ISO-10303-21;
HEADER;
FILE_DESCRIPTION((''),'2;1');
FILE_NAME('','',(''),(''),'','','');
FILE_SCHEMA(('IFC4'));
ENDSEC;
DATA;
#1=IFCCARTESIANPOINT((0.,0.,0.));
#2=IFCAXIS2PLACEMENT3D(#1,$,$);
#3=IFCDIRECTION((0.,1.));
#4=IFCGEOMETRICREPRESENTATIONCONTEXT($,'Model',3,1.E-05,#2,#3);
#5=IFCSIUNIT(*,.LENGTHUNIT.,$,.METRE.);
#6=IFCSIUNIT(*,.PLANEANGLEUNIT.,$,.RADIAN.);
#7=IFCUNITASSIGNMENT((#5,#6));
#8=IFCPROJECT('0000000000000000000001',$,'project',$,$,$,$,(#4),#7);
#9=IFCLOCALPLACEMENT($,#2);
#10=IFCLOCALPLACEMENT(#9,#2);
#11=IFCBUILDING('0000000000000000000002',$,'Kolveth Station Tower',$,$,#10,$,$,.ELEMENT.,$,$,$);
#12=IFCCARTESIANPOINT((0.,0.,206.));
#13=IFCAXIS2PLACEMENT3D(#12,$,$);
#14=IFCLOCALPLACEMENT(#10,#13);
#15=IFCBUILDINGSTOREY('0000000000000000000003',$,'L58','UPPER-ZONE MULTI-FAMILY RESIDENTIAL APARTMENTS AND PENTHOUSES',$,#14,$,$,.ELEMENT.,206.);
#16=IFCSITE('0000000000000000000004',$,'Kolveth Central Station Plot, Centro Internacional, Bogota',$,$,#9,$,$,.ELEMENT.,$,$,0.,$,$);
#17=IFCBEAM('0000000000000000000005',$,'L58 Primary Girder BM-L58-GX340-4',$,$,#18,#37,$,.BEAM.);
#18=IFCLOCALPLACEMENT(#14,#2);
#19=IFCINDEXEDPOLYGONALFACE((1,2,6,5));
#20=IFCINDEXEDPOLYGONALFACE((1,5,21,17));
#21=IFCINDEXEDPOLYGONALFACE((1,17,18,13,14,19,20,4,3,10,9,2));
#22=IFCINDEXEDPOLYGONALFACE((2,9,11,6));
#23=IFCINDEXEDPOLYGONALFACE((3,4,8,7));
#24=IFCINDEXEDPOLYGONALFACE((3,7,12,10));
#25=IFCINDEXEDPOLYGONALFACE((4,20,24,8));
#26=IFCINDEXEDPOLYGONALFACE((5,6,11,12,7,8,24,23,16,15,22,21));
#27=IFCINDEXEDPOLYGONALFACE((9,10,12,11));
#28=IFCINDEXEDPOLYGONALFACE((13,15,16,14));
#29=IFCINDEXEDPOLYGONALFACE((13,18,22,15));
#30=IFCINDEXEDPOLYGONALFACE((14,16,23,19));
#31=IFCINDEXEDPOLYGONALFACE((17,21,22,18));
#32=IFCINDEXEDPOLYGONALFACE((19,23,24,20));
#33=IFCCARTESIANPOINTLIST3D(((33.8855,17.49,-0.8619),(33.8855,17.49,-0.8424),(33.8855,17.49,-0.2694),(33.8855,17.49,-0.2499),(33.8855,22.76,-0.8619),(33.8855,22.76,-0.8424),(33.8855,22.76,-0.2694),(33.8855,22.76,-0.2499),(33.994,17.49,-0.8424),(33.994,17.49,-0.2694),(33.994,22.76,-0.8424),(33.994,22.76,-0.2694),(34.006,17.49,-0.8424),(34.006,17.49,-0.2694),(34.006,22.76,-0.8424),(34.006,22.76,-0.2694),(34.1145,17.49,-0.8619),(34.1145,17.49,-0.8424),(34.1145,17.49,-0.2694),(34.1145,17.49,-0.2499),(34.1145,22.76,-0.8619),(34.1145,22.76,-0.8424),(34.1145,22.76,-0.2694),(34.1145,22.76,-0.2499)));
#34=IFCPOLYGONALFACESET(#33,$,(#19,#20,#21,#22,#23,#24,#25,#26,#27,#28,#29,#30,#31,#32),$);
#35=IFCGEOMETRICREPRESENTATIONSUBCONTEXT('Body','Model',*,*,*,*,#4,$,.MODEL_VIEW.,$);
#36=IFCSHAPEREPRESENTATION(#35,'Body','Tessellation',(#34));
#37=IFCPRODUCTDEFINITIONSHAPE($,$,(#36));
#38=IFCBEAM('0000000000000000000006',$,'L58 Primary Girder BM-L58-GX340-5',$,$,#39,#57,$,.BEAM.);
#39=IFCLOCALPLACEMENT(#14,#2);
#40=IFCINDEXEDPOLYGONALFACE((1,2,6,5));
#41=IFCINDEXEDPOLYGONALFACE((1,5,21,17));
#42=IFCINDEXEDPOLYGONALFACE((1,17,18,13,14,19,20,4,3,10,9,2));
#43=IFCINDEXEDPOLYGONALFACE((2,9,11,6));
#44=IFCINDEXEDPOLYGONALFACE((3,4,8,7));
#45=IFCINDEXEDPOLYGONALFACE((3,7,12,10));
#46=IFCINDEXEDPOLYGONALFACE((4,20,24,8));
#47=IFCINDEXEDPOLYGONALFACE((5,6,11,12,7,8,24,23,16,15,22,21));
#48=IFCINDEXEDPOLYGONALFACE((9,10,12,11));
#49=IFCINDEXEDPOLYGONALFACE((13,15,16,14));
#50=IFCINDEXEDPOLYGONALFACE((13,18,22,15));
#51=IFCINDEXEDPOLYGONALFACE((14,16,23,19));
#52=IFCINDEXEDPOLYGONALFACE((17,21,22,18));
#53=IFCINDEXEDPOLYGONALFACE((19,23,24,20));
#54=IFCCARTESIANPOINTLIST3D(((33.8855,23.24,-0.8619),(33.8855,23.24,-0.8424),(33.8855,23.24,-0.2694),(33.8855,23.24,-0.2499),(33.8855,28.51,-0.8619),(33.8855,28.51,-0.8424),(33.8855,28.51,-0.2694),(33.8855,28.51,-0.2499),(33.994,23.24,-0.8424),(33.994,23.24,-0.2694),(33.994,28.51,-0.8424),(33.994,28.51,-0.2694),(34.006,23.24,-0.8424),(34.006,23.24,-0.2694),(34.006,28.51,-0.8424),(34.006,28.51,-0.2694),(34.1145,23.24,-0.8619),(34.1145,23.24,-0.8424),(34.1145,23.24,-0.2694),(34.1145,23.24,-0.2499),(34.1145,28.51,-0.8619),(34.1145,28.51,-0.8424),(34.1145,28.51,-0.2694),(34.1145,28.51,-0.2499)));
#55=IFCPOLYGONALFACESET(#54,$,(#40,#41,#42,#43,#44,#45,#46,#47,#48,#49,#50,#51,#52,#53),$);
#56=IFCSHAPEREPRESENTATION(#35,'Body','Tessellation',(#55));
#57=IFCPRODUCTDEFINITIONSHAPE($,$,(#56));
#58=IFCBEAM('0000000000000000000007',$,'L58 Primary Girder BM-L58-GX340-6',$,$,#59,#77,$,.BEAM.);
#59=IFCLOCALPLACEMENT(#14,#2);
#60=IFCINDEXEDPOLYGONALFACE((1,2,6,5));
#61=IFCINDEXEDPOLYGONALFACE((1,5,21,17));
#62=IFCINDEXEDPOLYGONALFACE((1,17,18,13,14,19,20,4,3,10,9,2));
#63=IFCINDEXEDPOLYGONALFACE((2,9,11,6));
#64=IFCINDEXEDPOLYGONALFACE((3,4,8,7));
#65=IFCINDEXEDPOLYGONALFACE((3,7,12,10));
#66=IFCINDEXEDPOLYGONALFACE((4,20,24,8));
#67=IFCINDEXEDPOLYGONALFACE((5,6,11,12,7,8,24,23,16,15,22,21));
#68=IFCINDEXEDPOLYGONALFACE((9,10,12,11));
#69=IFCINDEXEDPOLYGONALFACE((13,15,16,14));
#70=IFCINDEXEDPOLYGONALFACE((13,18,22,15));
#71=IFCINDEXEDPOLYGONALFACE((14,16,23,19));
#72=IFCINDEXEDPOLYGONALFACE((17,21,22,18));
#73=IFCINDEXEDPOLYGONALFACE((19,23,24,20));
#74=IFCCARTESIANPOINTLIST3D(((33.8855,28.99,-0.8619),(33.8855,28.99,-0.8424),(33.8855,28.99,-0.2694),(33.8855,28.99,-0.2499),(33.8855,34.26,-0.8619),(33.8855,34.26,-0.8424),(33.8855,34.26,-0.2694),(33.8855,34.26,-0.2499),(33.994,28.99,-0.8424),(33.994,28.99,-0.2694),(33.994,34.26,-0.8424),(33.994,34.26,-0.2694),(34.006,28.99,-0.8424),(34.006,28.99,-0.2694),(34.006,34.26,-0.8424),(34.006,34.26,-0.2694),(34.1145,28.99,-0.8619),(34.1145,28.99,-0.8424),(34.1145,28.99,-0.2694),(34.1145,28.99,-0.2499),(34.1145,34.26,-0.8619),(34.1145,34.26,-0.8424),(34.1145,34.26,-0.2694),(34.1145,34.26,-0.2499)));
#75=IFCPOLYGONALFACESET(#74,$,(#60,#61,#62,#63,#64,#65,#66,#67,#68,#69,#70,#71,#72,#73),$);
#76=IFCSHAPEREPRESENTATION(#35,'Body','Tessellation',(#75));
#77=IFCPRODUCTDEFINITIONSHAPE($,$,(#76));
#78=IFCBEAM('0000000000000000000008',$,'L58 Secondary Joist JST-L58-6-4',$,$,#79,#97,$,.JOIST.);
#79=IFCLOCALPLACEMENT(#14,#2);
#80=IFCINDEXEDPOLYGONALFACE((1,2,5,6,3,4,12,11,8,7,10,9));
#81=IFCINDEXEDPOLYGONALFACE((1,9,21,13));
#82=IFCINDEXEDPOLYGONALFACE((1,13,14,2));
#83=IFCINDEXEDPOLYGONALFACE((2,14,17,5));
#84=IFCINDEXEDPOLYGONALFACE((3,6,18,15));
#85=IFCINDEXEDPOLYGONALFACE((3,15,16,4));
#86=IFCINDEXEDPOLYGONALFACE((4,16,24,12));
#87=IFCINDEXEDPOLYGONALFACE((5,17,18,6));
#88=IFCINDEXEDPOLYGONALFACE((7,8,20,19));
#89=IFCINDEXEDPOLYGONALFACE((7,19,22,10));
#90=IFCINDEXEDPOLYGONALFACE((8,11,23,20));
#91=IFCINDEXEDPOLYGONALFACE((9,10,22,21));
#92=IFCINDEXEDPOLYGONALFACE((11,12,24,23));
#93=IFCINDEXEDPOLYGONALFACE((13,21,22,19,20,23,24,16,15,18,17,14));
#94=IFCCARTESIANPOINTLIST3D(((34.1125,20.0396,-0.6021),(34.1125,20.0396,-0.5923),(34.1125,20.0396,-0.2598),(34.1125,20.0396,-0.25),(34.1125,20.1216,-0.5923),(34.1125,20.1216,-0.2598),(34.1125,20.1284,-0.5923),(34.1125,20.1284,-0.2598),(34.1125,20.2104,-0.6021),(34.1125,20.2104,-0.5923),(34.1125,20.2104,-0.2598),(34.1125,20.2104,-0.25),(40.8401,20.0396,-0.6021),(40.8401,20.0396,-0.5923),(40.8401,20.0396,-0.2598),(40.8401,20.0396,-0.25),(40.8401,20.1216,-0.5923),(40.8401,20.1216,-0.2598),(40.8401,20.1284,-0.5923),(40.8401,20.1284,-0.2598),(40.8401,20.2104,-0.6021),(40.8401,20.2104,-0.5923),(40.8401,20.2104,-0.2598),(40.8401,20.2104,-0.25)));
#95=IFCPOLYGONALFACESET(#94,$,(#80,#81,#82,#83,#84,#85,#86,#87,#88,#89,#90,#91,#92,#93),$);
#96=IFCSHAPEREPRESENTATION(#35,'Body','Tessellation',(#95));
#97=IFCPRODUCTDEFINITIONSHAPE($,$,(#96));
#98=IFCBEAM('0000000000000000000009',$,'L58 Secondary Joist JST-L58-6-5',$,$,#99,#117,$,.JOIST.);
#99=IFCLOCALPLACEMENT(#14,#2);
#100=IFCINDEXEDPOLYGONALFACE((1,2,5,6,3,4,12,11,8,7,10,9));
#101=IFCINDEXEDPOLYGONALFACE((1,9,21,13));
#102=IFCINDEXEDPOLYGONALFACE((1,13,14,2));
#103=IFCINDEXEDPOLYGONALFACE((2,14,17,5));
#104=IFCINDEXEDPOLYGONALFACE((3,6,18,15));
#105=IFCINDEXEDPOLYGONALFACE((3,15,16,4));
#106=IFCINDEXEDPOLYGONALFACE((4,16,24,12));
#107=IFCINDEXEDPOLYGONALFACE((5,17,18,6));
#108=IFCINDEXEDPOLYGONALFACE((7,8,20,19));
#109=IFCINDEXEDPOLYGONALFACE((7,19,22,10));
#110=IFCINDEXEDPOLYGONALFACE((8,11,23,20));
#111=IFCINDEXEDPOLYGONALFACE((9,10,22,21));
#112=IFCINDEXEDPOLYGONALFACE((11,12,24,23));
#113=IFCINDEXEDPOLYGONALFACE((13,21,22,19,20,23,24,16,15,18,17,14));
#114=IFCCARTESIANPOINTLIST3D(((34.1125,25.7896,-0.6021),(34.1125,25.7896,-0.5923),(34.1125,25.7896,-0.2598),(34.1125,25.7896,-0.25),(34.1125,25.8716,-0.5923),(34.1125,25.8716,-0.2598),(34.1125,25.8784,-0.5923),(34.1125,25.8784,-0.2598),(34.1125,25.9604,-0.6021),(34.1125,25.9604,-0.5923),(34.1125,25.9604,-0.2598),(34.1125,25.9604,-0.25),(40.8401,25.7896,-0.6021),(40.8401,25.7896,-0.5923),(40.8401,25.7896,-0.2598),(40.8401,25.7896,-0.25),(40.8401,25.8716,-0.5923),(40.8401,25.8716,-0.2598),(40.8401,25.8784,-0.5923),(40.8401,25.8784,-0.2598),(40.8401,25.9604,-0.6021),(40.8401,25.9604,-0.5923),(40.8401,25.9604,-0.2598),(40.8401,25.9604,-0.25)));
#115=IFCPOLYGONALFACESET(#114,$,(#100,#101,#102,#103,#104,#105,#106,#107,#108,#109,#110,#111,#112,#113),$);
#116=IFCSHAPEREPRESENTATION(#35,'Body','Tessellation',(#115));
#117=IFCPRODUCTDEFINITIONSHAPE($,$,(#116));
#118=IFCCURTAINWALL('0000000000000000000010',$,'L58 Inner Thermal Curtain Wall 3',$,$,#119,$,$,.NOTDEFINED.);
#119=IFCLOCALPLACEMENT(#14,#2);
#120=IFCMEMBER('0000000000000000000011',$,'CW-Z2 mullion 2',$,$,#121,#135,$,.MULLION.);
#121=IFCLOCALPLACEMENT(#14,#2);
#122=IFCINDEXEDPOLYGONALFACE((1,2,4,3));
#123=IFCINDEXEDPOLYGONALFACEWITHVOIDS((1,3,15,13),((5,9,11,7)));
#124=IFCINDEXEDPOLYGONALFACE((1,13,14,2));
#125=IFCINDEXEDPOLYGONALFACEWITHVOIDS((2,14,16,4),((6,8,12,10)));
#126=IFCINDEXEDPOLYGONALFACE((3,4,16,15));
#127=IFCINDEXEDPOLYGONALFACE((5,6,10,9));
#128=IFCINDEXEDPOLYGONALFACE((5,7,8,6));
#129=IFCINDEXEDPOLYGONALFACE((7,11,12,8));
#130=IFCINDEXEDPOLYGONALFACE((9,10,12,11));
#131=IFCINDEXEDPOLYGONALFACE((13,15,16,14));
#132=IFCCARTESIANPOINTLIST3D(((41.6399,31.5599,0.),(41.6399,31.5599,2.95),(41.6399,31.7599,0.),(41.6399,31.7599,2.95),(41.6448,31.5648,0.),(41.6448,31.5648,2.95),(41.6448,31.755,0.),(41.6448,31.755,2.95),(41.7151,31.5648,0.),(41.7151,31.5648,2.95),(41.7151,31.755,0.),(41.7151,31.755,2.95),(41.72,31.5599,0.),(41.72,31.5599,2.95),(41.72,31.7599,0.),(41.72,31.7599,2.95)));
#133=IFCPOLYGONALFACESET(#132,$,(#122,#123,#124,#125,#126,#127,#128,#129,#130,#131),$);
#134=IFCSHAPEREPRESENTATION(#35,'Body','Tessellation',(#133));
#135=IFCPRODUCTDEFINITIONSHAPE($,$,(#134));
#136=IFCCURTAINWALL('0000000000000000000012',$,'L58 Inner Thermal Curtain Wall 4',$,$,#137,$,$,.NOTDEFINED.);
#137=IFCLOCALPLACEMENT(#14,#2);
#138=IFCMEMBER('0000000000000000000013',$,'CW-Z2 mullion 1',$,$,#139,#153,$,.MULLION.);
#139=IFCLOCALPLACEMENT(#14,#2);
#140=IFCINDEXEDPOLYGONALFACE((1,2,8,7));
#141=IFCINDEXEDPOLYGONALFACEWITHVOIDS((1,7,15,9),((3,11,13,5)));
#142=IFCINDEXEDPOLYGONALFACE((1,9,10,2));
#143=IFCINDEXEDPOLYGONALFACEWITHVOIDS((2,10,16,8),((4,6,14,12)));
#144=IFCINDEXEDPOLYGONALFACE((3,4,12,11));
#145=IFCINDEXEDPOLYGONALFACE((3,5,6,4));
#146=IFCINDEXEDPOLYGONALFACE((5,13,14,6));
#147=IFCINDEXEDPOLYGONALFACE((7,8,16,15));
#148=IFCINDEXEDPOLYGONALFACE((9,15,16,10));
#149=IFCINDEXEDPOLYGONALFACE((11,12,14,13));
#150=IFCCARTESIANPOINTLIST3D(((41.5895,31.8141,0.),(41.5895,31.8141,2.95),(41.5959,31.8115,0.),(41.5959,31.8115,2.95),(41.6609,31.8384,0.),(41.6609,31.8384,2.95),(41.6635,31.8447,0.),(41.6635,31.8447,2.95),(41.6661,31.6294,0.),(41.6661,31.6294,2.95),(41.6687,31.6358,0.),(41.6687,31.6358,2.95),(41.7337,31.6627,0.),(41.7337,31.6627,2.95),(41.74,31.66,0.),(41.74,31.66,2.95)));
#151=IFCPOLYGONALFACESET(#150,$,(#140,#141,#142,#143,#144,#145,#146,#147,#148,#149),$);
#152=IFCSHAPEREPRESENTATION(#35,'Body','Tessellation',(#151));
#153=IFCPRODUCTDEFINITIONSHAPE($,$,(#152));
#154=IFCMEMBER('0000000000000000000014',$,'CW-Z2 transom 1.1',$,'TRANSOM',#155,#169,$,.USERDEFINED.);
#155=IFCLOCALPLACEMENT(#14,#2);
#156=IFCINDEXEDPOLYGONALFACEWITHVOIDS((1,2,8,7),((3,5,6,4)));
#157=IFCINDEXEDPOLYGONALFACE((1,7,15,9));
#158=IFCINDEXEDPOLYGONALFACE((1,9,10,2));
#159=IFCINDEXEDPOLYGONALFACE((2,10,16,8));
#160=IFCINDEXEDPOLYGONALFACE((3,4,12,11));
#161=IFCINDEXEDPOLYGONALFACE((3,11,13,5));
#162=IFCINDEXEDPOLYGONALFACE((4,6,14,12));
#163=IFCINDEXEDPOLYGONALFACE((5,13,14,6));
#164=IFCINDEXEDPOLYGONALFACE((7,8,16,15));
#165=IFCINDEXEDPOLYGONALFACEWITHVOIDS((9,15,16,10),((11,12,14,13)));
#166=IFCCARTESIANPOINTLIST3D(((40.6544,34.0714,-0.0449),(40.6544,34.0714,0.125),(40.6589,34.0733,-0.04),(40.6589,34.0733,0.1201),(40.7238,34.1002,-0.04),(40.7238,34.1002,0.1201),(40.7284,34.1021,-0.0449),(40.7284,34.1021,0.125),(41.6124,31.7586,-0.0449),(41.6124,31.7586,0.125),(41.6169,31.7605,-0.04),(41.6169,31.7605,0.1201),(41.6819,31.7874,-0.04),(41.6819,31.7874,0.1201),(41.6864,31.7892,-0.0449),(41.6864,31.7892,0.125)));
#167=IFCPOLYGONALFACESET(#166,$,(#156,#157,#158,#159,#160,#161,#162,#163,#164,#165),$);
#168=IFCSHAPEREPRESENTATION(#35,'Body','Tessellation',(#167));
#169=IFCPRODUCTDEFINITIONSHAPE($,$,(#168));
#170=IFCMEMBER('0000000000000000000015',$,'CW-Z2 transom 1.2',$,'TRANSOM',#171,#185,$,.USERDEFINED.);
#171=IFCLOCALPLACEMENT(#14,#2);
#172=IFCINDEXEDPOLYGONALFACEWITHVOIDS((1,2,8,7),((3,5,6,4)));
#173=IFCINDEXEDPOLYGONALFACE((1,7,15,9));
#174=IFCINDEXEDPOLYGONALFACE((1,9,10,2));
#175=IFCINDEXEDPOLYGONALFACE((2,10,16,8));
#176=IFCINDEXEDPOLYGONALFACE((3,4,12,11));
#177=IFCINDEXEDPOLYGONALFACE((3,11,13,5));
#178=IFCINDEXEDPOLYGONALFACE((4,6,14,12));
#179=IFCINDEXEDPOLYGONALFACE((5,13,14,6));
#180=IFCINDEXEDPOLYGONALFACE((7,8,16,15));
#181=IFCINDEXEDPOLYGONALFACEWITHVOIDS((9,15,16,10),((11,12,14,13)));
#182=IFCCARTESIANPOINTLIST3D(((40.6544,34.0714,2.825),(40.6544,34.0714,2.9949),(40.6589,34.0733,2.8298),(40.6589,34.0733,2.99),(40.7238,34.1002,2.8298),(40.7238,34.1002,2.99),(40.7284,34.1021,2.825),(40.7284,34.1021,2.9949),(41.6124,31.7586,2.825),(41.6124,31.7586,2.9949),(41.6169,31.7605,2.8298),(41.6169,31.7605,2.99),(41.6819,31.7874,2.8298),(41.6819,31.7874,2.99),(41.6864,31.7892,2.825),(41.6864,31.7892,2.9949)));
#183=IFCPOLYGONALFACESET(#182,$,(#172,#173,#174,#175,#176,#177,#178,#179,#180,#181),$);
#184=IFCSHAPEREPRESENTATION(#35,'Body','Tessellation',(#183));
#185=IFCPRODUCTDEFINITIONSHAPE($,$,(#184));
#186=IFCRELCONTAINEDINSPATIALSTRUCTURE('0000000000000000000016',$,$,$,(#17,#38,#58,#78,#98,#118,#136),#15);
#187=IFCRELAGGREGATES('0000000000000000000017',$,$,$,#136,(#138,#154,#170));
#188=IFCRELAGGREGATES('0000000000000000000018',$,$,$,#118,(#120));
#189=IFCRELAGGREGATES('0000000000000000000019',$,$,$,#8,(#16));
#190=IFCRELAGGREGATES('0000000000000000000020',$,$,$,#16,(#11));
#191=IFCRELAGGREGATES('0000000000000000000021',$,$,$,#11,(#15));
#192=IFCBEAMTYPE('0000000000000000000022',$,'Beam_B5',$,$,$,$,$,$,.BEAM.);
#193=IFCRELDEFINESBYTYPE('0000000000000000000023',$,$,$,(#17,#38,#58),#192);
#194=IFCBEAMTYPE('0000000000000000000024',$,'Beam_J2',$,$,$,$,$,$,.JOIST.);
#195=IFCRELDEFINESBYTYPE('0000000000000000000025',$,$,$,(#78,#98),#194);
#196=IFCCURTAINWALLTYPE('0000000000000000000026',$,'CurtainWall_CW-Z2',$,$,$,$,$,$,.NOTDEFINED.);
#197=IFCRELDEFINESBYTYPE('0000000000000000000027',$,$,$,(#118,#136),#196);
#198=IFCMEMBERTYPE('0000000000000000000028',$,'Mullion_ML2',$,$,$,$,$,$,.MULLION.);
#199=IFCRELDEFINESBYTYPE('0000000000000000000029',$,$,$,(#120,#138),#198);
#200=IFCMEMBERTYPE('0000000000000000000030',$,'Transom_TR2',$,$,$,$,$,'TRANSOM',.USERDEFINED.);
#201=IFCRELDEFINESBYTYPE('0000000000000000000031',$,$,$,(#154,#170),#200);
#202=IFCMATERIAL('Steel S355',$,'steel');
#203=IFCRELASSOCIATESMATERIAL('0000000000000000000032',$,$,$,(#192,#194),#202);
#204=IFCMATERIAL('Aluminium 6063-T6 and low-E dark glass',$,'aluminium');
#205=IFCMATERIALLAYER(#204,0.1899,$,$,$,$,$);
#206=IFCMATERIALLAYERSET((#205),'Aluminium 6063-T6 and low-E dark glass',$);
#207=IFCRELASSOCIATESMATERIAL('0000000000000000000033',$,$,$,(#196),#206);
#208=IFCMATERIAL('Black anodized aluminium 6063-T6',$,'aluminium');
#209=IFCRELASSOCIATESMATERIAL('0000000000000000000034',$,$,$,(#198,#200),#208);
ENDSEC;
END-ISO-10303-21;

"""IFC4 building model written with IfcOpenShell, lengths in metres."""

from ifc_helpers import new_model, si_unit, direction, frame, origin, origin_2d, place, context, subcontext, project, spatial, hollow_rectangle, i_section, extrude, source, transform, mapped, material, layer, layer_set, material_profile, profile_set, type_object, element, aggregate, save


model = new_model("IFC4")

# Units and contexts
model_context = context("Model", 3, precision=1e-05, world=origin(), true_north=direction((0.0, 1.0)))
body_context = subcontext(model_context, "Body", "Model", "MODEL_VIEW")
ifc_project = project(units=[si_unit("LENGTHUNIT", "METRE"), si_unit("PLANEANGLEUNIT", "RADIAN")], contexts=[model_context])

# Site, building, storey
site_placement = place(None, origin())
site = spatial("IfcSite", under=ifc_project, at=site_placement, Name="Kolveth Central Station Plot, Centro Internacional, Bogota", CompositionType="ELEMENT", RefElevation=0.0)
building_placement = place(site_placement, origin())
building = spatial("IfcBuilding", under=site, at=building_placement, Name="Kolveth Station Tower", CompositionType="ELEMENT")
storey_placement = place(building_placement, frame((0.0, 0.0, 206.0)))
storey = spatial("IfcBuildingStorey", under=building, at=storey_placement, Name="L58", Description="UPPER-ZONE MULTI-FAMILY RESIDENTIAL APARTMENTS AND PENTHOUSES", CompositionType="ELEMENT", Elevation=206.0)

# Shared definitions
ifc_material_1 = material(Name="Steel S355", Category="steel")

# Beams
ifc_material_profile_1 = material_profile(ifc_material_1, i_section(OverallWidth=0.229, OverallDepth=0.6121, WebThickness=0.012, FlangeThickness=0.0195, at=origin_2d()), Name="W610x125")
ifc_profile_set_1 = profile_set([ifc_material_profile_1], Name="Steel S355")
beam_type_1 = type_object("IfcBeamType", Name="Beam_B5", PredefinedType="BEAM", material=ifc_profile_set_1)
shared_shape_1 = source(origin(), body_context, "Body", "SweptSolid", [
    extrude(i_section(OverallWidth=0.229, OverallDepth=0.6121, WebThickness=0.012, FlangeThickness=0.0195, at=origin_2d()), origin(), (0.0, 0.0, 1.0), 5.27),
])
for number, where, z_axis, x_axis, name in (
    (1, (34.0, 17.49, -0.5559), (0.0, 1.0, 0.0), (-1.0, 0.0, 0.0), "L58 Primary Girder BM-L58-GX340-4"),
    (2, (34.0, 23.24, -0.5559), (0.0, 1.0, 0.0), (-1.0, 0.0, 0.0), "L58 Primary Girder BM-L58-GX340-5"),
    (3, (34.0, 28.99, -0.5559), (0.0, 1.0, 0.0), (-1.0, 0.0, 0.0), "L58 Primary Girder BM-L58-GX340-6"),
):
    element("IfcBeam", number, at=place(storey_placement, frame(where, z_axis=z_axis, x_axis=x_axis)), inside=storey, type_object=beam_type_1, Name=name, PredefinedType="BEAM", context=body_context, shape_type="MappedRepresentation", body=[
        mapped(shared_shape_1, transform((0.0, 0.0, 0.0), x_axis=(1.0, 0.0, 0.0), y_axis=(0.0, 1.0, 0.0), z_axis=(0.0, 0.0, 1.0), scale=1.0)),
    ])
ifc_material_profile_2 = material_profile(ifc_material_1, i_section(OverallWidth=0.1709, OverallDepth=0.3521, WebThickness=0.0068, FlangeThickness=0.0098, at=origin_2d()), Name="W360x44")
ifc_profile_set_2 = profile_set([ifc_material_profile_2], Name="Steel S355")
beam_type_2 = type_object("IfcBeamType", Name="Beam_J2", PredefinedType="JOIST", material=ifc_profile_set_2)
shared_shape_2 = source(origin(), body_context, "Body", "SweptSolid", [
    extrude(i_section(OverallWidth=0.1709, OverallDepth=0.3521, WebThickness=0.0068, FlangeThickness=0.0098, at=origin_2d()), origin(), (0.0, 0.0, 1.0), 6.7275),
])
for number, where, z_axis, x_axis, name in (
    (4, (34.1125, 20.125, -0.426), (1.0, 0.0, 0.0), (0.0, 1.0, 0.0), "L58 Secondary Joist JST-L58-6-4"),
    (5, (34.1125, 25.875, -0.426), (1.0, 0.0, 0.0), (0.0, 1.0, 0.0), "L58 Secondary Joist JST-L58-6-5"),
):
    element("IfcBeam", number, at=place(storey_placement, frame(where, z_axis=z_axis, x_axis=x_axis)), inside=storey, type_object=beam_type_2, Name=name, PredefinedType="JOIST", context=body_context, shape_type="MappedRepresentation", body=[
        mapped(shared_shape_2, transform((0.0, 0.0, 0.0), x_axis=(1.0, 0.0, 0.0), y_axis=(0.0, 1.0, 0.0), z_axis=(0.0, 0.0, 1.0), scale=1.0)),
    ])

# Curtain wall, member
ifc_material_2 = material(Name="Aluminium 6063-T6 and low-E dark glass", Category="aluminium")
ifc_layer_1 = layer(ifc_material_2, 0.1899)
ifc_layer_set_1 = layer_set([ifc_layer_1], Name="Aluminium 6063-T6 and low-E dark glass")
curtain_wall_type = type_object("IfcCurtainWallType", Name="CurtainWall_CW-Z2", PredefinedType="NOTDEFINED", material=ifc_layer_set_1)
curtain_wall_1_placement = place(storey_placement, origin())
curtain_wall_1 = element("IfcCurtainWall", 6, at=curtain_wall_1_placement, inside=storey, type_object=curtain_wall_type, Name="L58 Inner Thermal Curtain Wall 3", PredefinedType="NOTDEFINED")
ifc_material_3 = material(Name="Black anodized aluminium 6063-T6", Category="aluminium")
ifc_material_profile_3 = material_profile(ifc_material_3, hollow_rectangle(XDim=0.0801, YDim=0.2, WallThickness=0.0049, at=origin_2d()), Name="ALU-80x200x5")
ifc_profile_set_3 = profile_set([ifc_material_profile_3], Name="Black anodized aluminium 6063-T6")
member_type_1 = type_object("IfcMemberType", Name="Mullion_ML2", PredefinedType="MULLION", material=ifc_profile_set_3)
shared_shape_3 = source(origin(), body_context, "Body", "SweptSolid", [
    extrude(hollow_rectangle(XDim=0.0801, YDim=0.2, WallThickness=0.0049, at=origin_2d()), origin(), (0.0, 0.0, 1.0), 2.95),
])
member_1_placement = place(storey_placement, frame((41.6799, 31.6599, 0.0), z_axis=(0.0, 0.0, 1.0), x_axis=(-1.0, 0.0, 0.0)))
member_1 = element("IfcMember", 7, at=member_1_placement, type_object=member_type_1, Name="CW-Z2 mullion 2", PredefinedType="MULLION", context=body_context, shape_type="MappedRepresentation", body=[
    mapped(shared_shape_3, transform((0.0, 0.0, 0.0), x_axis=(1.0, 0.0, 0.0), y_axis=(0.0, 1.0, 0.0), z_axis=(0.0, 0.0, 1.0), scale=1.0)),
])

# Curtain wall, members
curtain_wall_2_placement = place(storey_placement, origin())
curtain_wall_2 = element("IfcCurtainWall", 8, at=curtain_wall_2_placement, inside=storey, type_object=curtain_wall_type, Name="L58 Inner Thermal Curtain Wall 4", PredefinedType="NOTDEFINED")
member_2_placement = place(storey_placement, frame((41.6648, 31.7371, 0.0), z_axis=(0.0, 0.0, 1.0), x_axis=(-0.923874, -0.382698, 0.0)))
member_2 = element("IfcMember", 9, at=member_2_placement, type_object=member_type_1, Name="CW-Z2 mullion 1", PredefinedType="MULLION", context=body_context, shape_type="MappedRepresentation", body=[
    mapped(shared_shape_3, transform((0.0, 0.0, 0.0), x_axis=(1.0, 0.0, 0.0), y_axis=(0.0, 1.0, 0.0), z_axis=(0.0, 0.0, 1.0), scale=1.0)),
])
ifc_material_profile_4 = material_profile(ifc_material_3, hollow_rectangle(XDim=0.0801, YDim=0.1699, WallThickness=0.0049, at=origin_2d()), Name="ALU-80x170x5")
ifc_profile_set_4 = profile_set([ifc_material_profile_4], Name="Black anodized aluminium 6063-T6")
member_type_2 = type_object("IfcMemberType", Name="Transom_TR2", ElementType="TRANSOM", PredefinedType="USERDEFINED", material=ifc_profile_set_4)
shared_shape_4 = source(origin(), body_context, "Body", "SweptSolid", [
    extrude(hollow_rectangle(XDim=0.0801, YDim=0.1699, WallThickness=0.0049, at=origin_2d()), origin(), (0.0, 0.0, 1.0), 2.5034),
])
member_3_placement = place(storey_placement, frame((41.6494, 31.7739, 0.04), z_axis=(-0.382696, 0.923874, 0.0), x_axis=(-0.923874, -0.382696, 0.0)))
member_3 = element("IfcMember", 10, at=member_3_placement, type_object=member_type_2, Name="CW-Z2 transom 1.1", ObjectType="TRANSOM", PredefinedType="USERDEFINED", context=body_context, shape_type="MappedRepresentation", body=[
    mapped(shared_shape_4, transform((0.0, 0.0, 0.0), x_axis=(1.0, 0.0, 0.0), y_axis=(0.0, 1.0, 0.0), z_axis=(0.0, 0.0, 1.0), scale=1.0)),
])
member_4_placement = place(storey_placement, frame((41.6494, 31.7739, 2.9099), z_axis=(-0.382696, 0.923874, 0.0), x_axis=(-0.923874, -0.382696, 0.0)))
member_4 = element("IfcMember", 11, at=member_4_placement, type_object=member_type_2, Name="CW-Z2 transom 1.2", ObjectType="TRANSOM", PredefinedType="USERDEFINED", context=body_context, shape_type="MappedRepresentation", body=[
    mapped(shared_shape_4, transform((0.0, 0.0, 0.0), x_axis=(1.0, 0.0, 0.0), y_axis=(0.0, 1.0, 0.0), z_axis=(0.0, 0.0, 1.0), scale=1.0)),
])
aggregate(curtain_wall_2, [member_2, member_3, member_4])

aggregate(curtain_wall_1, [member_1])

save(model, "model.ifc")
